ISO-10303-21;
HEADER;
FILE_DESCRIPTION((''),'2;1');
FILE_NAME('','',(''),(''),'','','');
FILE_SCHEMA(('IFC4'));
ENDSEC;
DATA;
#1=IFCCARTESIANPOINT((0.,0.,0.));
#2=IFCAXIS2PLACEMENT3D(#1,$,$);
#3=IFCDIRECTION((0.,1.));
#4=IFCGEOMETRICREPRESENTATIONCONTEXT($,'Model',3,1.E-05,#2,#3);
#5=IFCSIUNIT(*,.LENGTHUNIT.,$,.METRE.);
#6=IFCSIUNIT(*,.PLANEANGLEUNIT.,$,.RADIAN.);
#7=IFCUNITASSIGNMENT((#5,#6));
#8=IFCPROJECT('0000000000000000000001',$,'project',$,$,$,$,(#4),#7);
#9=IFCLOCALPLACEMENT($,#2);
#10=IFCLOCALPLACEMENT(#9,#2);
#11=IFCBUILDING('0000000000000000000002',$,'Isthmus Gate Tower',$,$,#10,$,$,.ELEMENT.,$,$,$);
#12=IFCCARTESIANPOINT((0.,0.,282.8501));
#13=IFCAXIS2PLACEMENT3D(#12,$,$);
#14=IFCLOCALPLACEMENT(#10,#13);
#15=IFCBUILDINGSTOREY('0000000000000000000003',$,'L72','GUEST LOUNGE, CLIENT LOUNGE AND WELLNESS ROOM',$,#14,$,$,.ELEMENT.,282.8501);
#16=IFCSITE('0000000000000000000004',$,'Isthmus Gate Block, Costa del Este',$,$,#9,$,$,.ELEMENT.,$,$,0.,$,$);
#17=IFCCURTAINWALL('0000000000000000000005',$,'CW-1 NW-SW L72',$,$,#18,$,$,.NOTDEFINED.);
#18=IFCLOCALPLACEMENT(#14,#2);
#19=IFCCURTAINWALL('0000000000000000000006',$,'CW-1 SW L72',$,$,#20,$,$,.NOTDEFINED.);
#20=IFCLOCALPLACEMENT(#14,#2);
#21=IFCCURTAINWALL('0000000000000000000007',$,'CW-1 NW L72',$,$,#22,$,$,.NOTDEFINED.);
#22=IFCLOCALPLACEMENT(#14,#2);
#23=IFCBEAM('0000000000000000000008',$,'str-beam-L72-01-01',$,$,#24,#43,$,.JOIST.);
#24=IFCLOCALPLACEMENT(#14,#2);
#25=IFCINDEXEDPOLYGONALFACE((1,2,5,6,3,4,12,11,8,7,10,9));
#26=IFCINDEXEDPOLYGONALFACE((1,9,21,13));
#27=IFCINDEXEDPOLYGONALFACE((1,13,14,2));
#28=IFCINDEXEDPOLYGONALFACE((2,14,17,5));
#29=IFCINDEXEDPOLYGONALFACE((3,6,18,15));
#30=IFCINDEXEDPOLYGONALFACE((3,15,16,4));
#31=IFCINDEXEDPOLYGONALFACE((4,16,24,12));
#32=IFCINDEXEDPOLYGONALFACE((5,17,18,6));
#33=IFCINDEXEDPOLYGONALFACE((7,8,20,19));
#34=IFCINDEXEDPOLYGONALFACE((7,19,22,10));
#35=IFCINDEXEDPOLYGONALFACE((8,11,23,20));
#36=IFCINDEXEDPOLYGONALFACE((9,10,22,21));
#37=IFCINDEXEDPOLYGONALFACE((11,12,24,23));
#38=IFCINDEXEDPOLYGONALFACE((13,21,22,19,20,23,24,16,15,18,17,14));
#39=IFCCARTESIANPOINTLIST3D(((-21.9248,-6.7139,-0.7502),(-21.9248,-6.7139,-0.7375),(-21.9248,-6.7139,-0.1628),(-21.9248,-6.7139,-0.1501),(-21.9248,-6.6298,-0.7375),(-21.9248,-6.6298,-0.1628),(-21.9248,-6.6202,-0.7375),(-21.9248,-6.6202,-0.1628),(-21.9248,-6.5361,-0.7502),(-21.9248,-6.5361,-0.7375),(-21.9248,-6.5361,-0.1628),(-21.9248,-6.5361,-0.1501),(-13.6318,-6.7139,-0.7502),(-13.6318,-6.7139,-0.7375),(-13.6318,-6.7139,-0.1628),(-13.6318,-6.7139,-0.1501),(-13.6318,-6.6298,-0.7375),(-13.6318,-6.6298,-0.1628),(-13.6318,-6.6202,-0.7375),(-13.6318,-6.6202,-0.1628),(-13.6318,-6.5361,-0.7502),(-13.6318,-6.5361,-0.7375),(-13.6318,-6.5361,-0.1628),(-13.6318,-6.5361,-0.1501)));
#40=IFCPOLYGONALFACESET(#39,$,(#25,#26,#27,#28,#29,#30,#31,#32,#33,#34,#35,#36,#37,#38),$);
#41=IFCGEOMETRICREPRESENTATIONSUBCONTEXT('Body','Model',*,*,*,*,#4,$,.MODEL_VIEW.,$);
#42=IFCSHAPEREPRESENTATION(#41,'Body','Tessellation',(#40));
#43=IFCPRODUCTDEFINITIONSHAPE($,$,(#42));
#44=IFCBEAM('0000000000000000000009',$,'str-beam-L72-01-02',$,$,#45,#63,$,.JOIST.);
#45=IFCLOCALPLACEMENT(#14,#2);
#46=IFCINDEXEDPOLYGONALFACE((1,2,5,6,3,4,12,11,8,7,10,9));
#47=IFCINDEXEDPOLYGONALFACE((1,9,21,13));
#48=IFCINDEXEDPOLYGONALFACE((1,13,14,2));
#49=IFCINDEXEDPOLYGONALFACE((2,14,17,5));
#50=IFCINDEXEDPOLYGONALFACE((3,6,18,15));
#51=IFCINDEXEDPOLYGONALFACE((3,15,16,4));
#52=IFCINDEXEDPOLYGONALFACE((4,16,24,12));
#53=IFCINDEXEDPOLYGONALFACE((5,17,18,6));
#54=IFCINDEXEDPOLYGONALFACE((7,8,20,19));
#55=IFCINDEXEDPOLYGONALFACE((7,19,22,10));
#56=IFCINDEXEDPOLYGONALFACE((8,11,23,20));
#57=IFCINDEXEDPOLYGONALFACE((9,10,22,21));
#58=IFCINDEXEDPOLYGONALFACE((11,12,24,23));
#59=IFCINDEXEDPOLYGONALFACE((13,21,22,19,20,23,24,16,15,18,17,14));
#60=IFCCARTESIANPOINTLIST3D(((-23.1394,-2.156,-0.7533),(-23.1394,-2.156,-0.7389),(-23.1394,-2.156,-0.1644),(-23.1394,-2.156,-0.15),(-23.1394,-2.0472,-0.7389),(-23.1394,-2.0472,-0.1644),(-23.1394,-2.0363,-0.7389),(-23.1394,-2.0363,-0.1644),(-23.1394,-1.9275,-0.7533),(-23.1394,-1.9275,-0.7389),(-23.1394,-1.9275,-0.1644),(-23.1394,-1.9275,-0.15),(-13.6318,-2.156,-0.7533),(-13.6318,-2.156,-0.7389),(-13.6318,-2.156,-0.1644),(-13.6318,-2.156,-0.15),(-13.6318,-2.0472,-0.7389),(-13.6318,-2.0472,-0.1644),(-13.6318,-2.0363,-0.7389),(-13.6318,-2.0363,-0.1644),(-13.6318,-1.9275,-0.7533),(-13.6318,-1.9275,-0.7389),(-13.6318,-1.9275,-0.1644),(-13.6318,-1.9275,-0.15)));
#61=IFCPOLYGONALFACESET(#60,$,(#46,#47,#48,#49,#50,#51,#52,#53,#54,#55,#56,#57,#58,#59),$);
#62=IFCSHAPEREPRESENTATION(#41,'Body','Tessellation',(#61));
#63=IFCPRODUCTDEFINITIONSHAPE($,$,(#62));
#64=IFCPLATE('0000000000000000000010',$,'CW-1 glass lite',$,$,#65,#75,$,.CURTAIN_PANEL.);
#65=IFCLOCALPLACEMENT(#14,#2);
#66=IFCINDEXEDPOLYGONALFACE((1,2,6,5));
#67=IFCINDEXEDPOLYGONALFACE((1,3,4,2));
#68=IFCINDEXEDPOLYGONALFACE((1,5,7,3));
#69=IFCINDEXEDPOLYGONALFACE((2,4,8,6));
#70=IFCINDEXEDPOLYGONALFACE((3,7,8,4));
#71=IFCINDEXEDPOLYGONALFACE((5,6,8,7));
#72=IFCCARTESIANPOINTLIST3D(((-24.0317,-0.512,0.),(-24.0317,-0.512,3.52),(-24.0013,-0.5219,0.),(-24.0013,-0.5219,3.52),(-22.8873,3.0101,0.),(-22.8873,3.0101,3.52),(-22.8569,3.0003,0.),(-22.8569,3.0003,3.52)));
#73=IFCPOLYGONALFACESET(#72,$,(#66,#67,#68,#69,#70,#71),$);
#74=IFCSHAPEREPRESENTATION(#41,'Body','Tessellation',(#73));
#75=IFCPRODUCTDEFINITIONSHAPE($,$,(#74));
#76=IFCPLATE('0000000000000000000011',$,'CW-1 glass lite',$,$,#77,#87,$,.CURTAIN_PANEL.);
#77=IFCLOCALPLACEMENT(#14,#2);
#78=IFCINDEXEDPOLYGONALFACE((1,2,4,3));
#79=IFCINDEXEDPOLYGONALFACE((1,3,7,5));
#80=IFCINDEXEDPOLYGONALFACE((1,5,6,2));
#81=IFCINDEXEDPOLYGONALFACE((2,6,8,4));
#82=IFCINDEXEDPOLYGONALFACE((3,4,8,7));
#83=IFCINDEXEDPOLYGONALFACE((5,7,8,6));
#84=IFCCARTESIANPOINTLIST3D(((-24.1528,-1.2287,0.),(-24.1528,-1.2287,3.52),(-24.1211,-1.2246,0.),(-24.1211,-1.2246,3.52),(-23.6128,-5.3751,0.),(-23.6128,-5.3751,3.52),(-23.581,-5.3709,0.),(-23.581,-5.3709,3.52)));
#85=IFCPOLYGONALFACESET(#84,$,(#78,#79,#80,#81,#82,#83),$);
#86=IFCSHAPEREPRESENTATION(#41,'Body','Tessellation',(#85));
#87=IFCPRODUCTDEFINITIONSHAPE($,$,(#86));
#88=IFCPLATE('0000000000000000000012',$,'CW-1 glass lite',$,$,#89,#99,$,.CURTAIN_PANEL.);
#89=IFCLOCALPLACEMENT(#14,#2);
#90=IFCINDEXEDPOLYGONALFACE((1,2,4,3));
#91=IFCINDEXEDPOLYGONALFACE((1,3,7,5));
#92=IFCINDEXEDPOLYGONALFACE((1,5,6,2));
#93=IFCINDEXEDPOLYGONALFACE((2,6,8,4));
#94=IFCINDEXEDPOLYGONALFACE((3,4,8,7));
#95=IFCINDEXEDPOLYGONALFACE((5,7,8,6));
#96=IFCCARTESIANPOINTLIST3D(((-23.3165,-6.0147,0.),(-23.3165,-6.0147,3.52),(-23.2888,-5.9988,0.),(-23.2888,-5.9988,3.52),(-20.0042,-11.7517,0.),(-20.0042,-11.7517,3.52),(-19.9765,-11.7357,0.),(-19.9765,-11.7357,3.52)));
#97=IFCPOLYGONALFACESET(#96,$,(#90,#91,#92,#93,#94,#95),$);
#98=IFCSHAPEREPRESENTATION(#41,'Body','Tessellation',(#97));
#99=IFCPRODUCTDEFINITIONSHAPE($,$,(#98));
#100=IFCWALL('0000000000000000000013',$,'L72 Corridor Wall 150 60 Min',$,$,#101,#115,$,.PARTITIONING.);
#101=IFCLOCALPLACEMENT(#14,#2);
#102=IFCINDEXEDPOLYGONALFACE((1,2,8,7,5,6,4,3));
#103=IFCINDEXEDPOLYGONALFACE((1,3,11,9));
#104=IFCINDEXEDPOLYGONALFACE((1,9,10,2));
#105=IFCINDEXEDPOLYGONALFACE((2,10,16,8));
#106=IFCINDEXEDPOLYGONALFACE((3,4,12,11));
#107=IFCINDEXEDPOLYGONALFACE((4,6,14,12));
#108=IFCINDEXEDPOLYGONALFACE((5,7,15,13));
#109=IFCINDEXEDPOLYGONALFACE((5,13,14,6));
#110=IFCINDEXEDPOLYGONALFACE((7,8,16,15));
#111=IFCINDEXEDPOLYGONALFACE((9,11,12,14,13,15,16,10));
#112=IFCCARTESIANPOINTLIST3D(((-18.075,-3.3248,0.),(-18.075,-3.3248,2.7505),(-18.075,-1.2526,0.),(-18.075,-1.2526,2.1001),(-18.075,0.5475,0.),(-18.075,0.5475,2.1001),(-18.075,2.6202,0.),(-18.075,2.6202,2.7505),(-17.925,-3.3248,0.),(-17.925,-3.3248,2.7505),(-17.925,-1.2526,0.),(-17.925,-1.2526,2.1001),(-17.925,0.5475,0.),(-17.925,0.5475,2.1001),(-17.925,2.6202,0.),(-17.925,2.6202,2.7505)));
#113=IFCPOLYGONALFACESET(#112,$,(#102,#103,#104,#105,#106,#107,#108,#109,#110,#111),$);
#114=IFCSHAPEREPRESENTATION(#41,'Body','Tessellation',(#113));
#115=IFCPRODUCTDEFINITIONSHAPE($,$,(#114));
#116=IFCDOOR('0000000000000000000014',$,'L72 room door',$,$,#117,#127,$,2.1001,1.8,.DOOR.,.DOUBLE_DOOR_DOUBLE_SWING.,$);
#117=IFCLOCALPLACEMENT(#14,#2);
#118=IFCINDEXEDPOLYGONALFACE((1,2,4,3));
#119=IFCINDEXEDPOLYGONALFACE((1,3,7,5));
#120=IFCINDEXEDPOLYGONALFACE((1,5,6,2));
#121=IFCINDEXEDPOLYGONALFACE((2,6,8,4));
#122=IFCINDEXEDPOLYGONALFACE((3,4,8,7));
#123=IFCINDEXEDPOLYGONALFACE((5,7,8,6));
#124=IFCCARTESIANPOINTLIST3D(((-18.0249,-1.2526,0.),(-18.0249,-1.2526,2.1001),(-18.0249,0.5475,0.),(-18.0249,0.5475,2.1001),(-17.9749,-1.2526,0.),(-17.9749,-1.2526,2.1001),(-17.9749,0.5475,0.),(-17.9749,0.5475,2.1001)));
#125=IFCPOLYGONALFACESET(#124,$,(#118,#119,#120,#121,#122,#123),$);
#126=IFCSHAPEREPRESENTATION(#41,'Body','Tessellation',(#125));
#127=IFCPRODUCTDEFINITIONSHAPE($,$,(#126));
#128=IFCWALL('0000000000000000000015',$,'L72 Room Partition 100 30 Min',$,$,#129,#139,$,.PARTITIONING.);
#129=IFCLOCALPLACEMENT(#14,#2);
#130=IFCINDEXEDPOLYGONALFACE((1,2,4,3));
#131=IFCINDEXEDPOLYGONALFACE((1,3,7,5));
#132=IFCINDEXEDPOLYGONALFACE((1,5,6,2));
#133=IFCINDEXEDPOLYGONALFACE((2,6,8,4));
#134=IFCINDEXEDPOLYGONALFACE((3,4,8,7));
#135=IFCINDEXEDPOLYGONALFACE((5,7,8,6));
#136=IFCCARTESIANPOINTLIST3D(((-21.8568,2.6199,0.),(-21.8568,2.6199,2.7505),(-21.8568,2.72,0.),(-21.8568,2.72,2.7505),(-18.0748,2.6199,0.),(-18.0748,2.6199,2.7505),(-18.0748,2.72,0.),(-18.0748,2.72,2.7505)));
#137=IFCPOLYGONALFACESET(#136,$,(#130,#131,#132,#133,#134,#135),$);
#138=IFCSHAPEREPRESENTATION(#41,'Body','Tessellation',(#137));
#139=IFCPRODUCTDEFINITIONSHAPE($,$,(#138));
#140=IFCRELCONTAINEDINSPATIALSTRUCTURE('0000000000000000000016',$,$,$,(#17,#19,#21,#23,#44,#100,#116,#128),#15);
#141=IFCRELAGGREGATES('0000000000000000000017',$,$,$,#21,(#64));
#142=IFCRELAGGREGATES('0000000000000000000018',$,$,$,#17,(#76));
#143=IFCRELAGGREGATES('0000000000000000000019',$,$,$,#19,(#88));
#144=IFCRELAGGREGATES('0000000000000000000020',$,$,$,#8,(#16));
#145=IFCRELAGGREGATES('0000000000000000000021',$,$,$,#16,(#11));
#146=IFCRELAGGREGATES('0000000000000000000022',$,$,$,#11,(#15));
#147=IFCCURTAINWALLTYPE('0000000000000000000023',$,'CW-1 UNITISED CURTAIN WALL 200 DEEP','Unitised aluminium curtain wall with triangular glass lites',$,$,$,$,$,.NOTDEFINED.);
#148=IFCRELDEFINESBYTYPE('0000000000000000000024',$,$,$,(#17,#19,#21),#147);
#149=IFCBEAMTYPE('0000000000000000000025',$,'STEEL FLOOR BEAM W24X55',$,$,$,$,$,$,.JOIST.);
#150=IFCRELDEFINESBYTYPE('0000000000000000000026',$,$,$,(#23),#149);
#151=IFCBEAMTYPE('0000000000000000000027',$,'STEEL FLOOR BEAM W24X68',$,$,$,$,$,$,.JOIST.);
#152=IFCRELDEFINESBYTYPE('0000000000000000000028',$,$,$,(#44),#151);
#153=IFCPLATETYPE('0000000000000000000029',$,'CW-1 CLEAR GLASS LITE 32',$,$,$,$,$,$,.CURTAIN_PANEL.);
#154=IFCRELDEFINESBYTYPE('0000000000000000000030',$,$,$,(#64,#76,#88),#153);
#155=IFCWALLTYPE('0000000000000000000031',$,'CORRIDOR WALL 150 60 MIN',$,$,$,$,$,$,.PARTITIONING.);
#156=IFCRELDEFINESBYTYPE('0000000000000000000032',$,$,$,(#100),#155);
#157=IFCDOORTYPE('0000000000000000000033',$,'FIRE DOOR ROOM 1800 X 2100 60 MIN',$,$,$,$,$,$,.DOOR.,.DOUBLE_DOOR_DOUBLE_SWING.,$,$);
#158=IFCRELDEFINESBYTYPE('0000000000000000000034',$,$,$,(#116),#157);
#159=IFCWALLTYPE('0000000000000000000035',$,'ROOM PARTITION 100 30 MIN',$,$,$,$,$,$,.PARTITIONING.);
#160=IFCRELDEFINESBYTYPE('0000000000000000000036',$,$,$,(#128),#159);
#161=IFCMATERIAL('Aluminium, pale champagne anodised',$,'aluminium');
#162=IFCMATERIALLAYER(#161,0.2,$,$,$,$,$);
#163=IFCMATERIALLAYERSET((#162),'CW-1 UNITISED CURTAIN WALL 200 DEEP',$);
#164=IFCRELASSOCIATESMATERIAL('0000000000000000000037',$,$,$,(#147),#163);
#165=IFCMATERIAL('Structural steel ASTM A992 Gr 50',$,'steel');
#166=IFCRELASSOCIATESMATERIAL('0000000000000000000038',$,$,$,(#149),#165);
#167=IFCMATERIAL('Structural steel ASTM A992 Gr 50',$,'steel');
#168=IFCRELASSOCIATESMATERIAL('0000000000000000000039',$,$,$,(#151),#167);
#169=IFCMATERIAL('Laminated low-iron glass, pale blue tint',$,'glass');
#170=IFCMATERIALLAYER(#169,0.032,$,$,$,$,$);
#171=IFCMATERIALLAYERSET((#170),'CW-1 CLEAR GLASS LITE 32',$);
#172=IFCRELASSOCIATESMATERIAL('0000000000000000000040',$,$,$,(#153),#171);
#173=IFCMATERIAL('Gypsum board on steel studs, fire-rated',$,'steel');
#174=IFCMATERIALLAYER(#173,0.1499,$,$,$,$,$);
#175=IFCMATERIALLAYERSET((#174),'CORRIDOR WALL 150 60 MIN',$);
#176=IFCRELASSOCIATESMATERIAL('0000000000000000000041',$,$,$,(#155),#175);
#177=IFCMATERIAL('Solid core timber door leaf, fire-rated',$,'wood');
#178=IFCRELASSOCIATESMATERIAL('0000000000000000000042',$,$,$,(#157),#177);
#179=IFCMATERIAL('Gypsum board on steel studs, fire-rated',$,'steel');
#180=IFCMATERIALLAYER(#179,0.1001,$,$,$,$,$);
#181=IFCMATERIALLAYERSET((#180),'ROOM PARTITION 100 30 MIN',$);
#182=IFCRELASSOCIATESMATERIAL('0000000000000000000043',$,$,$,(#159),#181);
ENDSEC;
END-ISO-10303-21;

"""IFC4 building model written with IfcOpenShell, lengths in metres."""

from ifc_helpers import new_model, si_unit, direction, frame, frame_2d, origin, origin_2d, place, context, subcontext, project, spatial, rectangle, i_section, extrude, material, layer, layer_set, material_profile, profile_set, type_object, element, fill, aggregate, save


model = new_model("IFC4")

# Units and contexts
model_context = context("Model", 3, precision=1e-05, world=origin(), true_north=direction((0.0, 1.0)))
body_context = subcontext(model_context, "Body", "Model", "MODEL_VIEW")
ifc_project = project(units=[si_unit("LENGTHUNIT", "METRE"), si_unit("PLANEANGLEUNIT", "RADIAN")], contexts=[model_context])

# Site, building, storey
site_placement = place(None, origin())
site = spatial("IfcSite", under=ifc_project, at=site_placement, Name="Isthmus Gate Block, Costa del Este", CompositionType="ELEMENT", RefElevation=0.0)
building_placement = place(site_placement, origin())
building = spatial("IfcBuilding", under=site, at=building_placement, Name="Isthmus Gate Tower", CompositionType="ELEMENT")
storey_placement = place(building_placement, frame((0.0, 0.0, 282.8501)))
storey = spatial("IfcBuildingStorey", under=building, at=storey_placement, Name="L72", Description="GUEST LOUNGE, CLIENT LOUNGE AND WELLNESS ROOM", CompositionType="ELEMENT", Elevation=282.8501)

# Curtain walls
ifc_material_1 = material(Name="Aluminium, pale champagne anodised", Category="aluminium")
ifc_layer_1 = layer(ifc_material_1, 0.2)
ifc_layer_set_1 = layer_set([ifc_layer_1], Name="CW-1 UNITISED CURTAIN WALL 200 DEEP")
curtain_wall_type = type_object("IfcCurtainWallType", Name="CW-1 UNITISED CURTAIN WALL 200 DEEP", Description="Unitised aluminium curtain wall with triangular glass lites", PredefinedType="NOTDEFINED", material=ifc_layer_set_1)
curtain_wall_1_placement = place(storey_placement, origin())
curtain_wall_1 = element("IfcCurtainWall", 1, at=curtain_wall_1_placement, inside=storey, type_object=curtain_wall_type, Name="CW-1 NW-SW L72", PredefinedType="NOTDEFINED")
curtain_wall_2_placement = place(storey_placement, origin())
curtain_wall_2 = element("IfcCurtainWall", 2, at=curtain_wall_2_placement, inside=storey, type_object=curtain_wall_type, Name="CW-1 SW L72", PredefinedType="NOTDEFINED")
curtain_wall_3_placement = place(storey_placement, origin())
curtain_wall_3 = element("IfcCurtainWall", 3, at=curtain_wall_3_placement, inside=storey, type_object=curtain_wall_type, Name="CW-1 NW L72", PredefinedType="NOTDEFINED")

# Beams
ifc_material_2 = material(Name="Structural steel ASTM A992 Gr 50", Category="steel")
ifc_material_profile_1 = material_profile(ifc_material_2, i_section(OverallWidth=0.1777, OverallDepth=0.6001, WebThickness=0.0095, FlangeThickness=0.0127, at=origin_2d()), Name="W24X55")
ifc_profile_set_1 = profile_set([ifc_material_profile_1], Name="Structural steel ASTM A992 Gr 50")
beam_type_1 = type_object("IfcBeamType", Name="STEEL FLOOR BEAM W24X55", PredefinedType="JOIST", material=ifc_profile_set_1)
beam_1_placement = place(storey_placement, frame((-21.9248, -6.625, -0.4502), z_axis=(1.0, 0.0, 0.0), x_axis=(0.0, 1.0, 0.0)))
element("IfcBeam", 4, at=beam_1_placement, inside=storey, type_object=beam_type_1, Name="str-beam-L72-01-01", PredefinedType="JOIST", context=body_context, shape_type="SweptSolid", body=[
    extrude(i_section(OverallWidth=0.1777, OverallDepth=0.6001, WebThickness=0.0095, FlangeThickness=0.0127, at=origin_2d()), origin(), (0.0, 0.0, 1.0), 8.293),
])
ifc_material_3 = material(Name="Structural steel ASTM A992 Gr 50", Category="steel")
ifc_material_profile_2 = material_profile(ifc_material_3, i_section(OverallWidth=0.2285, OverallDepth=0.6033, WebThickness=0.011, FlangeThickness=0.0144, at=origin_2d()), Name="W24X68")
ifc_profile_set_2 = profile_set([ifc_material_profile_2], Name="Structural steel ASTM A992 Gr 50")
beam_type_2 = type_object("IfcBeamType", Name="STEEL FLOOR BEAM W24X68", PredefinedType="JOIST", material=ifc_profile_set_2)
beam_2_placement = place(storey_placement, frame((-23.1394, -2.0417, -0.4517), z_axis=(1.0, 0.0, 0.0), x_axis=(0.0, 1.0, 0.0)))
element("IfcBeam", 5, at=beam_2_placement, inside=storey, type_object=beam_type_2, Name="str-beam-L72-01-02", PredefinedType="JOIST", context=body_context, shape_type="SweptSolid", body=[
    extrude(i_section(OverallWidth=0.2285, OverallDepth=0.6033, WebThickness=0.011, FlangeThickness=0.0144, at=origin_2d()), origin(), (0.0, 0.0, 1.0), 9.5076),
])

# Plates
ifc_material_4 = material(Name="Laminated low-iron glass, pale blue tint", Category="glass")
ifc_layer_2 = layer(ifc_material_4, 0.032)
ifc_layer_set_2 = layer_set([ifc_layer_2], Name="CW-1 CLEAR GLASS LITE 32")
plate_type = type_object("IfcPlateType", Name="CW-1 CLEAR GLASS LITE 32", PredefinedType="CURTAIN_PANEL", material=ifc_layer_set_2)
plate_1_placement = place(storey_placement, frame((-23.4443, 1.2441, 0.0), z_axis=(0.0, 0.0, 1.0), x_axis=(-0.309017, -0.951057, 0.0)))
plate_1 = element("IfcPlate", 6, at=plate_1_placement, type_object=plate_type, Name="CW-1 glass lite", PredefinedType="CURTAIN_PANEL", context=body_context, shape_type="SweptSolid", body=[
    extrude(rectangle(XDim=3.7034, YDim=0.032, at=origin_2d()), origin(), (0.0, 0.0, 1.0), 3.52),
])
aggregate(curtain_wall_3, [plate_1])
plate_2_placement = place(storey_placement, frame((-23.8669, -3.2998, 0.0), z_axis=(0.0, 0.0, 1.0), x_axis=(0.129165, -0.991623, 0.0)))
plate_2 = element("IfcPlate", 7, at=plate_2_placement, type_object=plate_type, Name="CW-1 glass lite", PredefinedType="CURTAIN_PANEL", context=body_context, shape_type="SweptSolid", body=[
    extrude(rectangle(XDim=4.1814, YDim=0.032, at=origin_2d()), origin(), (0.0, 0.0, 1.0), 3.52),
])
aggregate(curtain_wall_1, [plate_2])
plate_3_placement = place(storey_placement, frame((-21.6465, -8.8752, 0.0), z_axis=(0.0, 0.0, 1.0), x_axis=(0.5, -0.866025, 0.0)))
plate_3 = element("IfcPlate", 8, at=plate_3_placement, type_object=plate_type, Name="CW-1 glass lite", PredefinedType="CURTAIN_PANEL", context=body_context, shape_type="SweptSolid", body=[
    extrude(rectangle(XDim=6.6245, YDim=0.032, at=origin_2d()), origin(), (0.0, 0.0, 1.0), 3.52),
])
aggregate(curtain_wall_2, [plate_3])

# Wall, opening, door
ifc_material_5 = material(Name="Gypsum board on steel studs, fire-rated", Category="steel")
ifc_layer_3 = layer(ifc_material_5, 0.1499)
ifc_layer_set_3 = layer_set([ifc_layer_3], Name="CORRIDOR WALL 150 60 MIN")
wall_type_1 = type_object("IfcWallType", Name="CORRIDOR WALL 150 60 MIN", PredefinedType="PARTITIONING", material=ifc_layer_set_3)
wall_1_placement = place(storey_placement, frame((-18.0, -3.325, 0.0), z_axis=(0.0, 0.0, 1.0), x_axis=(0.0, 1.0, 0.0)))
wall_1 = element("IfcWall", 9, at=wall_1_placement, inside=storey, type_object=wall_type_1, Name="L72 Corridor Wall 150 60 Min", PredefinedType="PARTITIONING", context=body_context, shape_type="SweptSolid", body=[
    extrude(rectangle(XDim=5.9451, YDim=0.1499, at=frame_2d((2.9727, 0.0))), origin(), (0.0, 0.0, 1.0), 2.7505),
])
opening_placement = place(wall_1_placement, frame((2.0725, 0.0, 0.0)))
opening = element("IfcOpeningElement", 10, at=opening_placement, cuts=wall_1, PredefinedType="OPENING", context=body_context, shape_type="SweptSolid", body=[
    extrude(rectangle(XDim=1.8, YDim=2.1001, at=frame_2d((0.8999, 1.05))), frame((0.0, 0.085, 0.0), z_axis=(0.0, -1.0, 0.0), x_axis=(1.0, 0.0, 0.0)), (0.0, 0.0, 1.0), 0.1699),
])
ifc_material_6 = material(Name="Solid core timber door leaf, fire-rated", Category="wood")
door_type = type_object("IfcDoorType", Name="FIRE DOOR ROOM 1800 X 2100 60 MIN", OperationType="DOUBLE_DOOR_DOUBLE_SWING", PredefinedType="DOOR", material=ifc_material_6)
door_placement = place(opening_placement, origin())
door = element("IfcDoor", 11, at=door_placement, inside=storey, type_object=door_type, Name="L72 room door", OperationType="DOUBLE_DOOR_DOUBLE_SWING", OverallHeight=2.1001, OverallWidth=1.8, PredefinedType="DOOR", context=body_context, shape_type="SweptSolid", body=[
    extrude(rectangle(XDim=1.8, YDim=2.1001, at=frame_2d((0.8999, 1.05))), frame((0.0, 0.0249, 0.0), z_axis=(0.0, -1.0, 0.0), x_axis=(1.0, 0.0, 0.0)), (0.0, 0.0, 1.0), 0.05),
])
fill(opening, door)

# Wall
ifc_material_7 = material(Name="Gypsum board on steel studs, fire-rated", Category="steel")
ifc_layer_4 = layer(ifc_material_7, 0.1001)
ifc_layer_set_4 = layer_set([ifc_layer_4], Name="ROOM PARTITION 100 30 MIN")
wall_type_2 = type_object("IfcWallType", Name="ROOM PARTITION 100 30 MIN", PredefinedType="PARTITIONING", material=ifc_layer_set_4)
wall_2_placement = place(storey_placement, frame((-21.8569, 2.6699, 0.0), z_axis=(0.0, 0.0, 1.0), x_axis=(1.0, 0.0, 0.0)))
element("IfcWall", 12, at=wall_2_placement, inside=storey, type_object=wall_type_2, Name="L72 Room Partition 100 30 Min", PredefinedType="PARTITIONING", context=body_context, shape_type="SweptSolid", body=[
    extrude(rectangle(XDim=3.782, YDim=0.1001, at=frame_2d((1.8911, 0.0))), origin(), (0.0, 0.0, 1.0), 2.7505),
])

save(model, "model.ifc")
